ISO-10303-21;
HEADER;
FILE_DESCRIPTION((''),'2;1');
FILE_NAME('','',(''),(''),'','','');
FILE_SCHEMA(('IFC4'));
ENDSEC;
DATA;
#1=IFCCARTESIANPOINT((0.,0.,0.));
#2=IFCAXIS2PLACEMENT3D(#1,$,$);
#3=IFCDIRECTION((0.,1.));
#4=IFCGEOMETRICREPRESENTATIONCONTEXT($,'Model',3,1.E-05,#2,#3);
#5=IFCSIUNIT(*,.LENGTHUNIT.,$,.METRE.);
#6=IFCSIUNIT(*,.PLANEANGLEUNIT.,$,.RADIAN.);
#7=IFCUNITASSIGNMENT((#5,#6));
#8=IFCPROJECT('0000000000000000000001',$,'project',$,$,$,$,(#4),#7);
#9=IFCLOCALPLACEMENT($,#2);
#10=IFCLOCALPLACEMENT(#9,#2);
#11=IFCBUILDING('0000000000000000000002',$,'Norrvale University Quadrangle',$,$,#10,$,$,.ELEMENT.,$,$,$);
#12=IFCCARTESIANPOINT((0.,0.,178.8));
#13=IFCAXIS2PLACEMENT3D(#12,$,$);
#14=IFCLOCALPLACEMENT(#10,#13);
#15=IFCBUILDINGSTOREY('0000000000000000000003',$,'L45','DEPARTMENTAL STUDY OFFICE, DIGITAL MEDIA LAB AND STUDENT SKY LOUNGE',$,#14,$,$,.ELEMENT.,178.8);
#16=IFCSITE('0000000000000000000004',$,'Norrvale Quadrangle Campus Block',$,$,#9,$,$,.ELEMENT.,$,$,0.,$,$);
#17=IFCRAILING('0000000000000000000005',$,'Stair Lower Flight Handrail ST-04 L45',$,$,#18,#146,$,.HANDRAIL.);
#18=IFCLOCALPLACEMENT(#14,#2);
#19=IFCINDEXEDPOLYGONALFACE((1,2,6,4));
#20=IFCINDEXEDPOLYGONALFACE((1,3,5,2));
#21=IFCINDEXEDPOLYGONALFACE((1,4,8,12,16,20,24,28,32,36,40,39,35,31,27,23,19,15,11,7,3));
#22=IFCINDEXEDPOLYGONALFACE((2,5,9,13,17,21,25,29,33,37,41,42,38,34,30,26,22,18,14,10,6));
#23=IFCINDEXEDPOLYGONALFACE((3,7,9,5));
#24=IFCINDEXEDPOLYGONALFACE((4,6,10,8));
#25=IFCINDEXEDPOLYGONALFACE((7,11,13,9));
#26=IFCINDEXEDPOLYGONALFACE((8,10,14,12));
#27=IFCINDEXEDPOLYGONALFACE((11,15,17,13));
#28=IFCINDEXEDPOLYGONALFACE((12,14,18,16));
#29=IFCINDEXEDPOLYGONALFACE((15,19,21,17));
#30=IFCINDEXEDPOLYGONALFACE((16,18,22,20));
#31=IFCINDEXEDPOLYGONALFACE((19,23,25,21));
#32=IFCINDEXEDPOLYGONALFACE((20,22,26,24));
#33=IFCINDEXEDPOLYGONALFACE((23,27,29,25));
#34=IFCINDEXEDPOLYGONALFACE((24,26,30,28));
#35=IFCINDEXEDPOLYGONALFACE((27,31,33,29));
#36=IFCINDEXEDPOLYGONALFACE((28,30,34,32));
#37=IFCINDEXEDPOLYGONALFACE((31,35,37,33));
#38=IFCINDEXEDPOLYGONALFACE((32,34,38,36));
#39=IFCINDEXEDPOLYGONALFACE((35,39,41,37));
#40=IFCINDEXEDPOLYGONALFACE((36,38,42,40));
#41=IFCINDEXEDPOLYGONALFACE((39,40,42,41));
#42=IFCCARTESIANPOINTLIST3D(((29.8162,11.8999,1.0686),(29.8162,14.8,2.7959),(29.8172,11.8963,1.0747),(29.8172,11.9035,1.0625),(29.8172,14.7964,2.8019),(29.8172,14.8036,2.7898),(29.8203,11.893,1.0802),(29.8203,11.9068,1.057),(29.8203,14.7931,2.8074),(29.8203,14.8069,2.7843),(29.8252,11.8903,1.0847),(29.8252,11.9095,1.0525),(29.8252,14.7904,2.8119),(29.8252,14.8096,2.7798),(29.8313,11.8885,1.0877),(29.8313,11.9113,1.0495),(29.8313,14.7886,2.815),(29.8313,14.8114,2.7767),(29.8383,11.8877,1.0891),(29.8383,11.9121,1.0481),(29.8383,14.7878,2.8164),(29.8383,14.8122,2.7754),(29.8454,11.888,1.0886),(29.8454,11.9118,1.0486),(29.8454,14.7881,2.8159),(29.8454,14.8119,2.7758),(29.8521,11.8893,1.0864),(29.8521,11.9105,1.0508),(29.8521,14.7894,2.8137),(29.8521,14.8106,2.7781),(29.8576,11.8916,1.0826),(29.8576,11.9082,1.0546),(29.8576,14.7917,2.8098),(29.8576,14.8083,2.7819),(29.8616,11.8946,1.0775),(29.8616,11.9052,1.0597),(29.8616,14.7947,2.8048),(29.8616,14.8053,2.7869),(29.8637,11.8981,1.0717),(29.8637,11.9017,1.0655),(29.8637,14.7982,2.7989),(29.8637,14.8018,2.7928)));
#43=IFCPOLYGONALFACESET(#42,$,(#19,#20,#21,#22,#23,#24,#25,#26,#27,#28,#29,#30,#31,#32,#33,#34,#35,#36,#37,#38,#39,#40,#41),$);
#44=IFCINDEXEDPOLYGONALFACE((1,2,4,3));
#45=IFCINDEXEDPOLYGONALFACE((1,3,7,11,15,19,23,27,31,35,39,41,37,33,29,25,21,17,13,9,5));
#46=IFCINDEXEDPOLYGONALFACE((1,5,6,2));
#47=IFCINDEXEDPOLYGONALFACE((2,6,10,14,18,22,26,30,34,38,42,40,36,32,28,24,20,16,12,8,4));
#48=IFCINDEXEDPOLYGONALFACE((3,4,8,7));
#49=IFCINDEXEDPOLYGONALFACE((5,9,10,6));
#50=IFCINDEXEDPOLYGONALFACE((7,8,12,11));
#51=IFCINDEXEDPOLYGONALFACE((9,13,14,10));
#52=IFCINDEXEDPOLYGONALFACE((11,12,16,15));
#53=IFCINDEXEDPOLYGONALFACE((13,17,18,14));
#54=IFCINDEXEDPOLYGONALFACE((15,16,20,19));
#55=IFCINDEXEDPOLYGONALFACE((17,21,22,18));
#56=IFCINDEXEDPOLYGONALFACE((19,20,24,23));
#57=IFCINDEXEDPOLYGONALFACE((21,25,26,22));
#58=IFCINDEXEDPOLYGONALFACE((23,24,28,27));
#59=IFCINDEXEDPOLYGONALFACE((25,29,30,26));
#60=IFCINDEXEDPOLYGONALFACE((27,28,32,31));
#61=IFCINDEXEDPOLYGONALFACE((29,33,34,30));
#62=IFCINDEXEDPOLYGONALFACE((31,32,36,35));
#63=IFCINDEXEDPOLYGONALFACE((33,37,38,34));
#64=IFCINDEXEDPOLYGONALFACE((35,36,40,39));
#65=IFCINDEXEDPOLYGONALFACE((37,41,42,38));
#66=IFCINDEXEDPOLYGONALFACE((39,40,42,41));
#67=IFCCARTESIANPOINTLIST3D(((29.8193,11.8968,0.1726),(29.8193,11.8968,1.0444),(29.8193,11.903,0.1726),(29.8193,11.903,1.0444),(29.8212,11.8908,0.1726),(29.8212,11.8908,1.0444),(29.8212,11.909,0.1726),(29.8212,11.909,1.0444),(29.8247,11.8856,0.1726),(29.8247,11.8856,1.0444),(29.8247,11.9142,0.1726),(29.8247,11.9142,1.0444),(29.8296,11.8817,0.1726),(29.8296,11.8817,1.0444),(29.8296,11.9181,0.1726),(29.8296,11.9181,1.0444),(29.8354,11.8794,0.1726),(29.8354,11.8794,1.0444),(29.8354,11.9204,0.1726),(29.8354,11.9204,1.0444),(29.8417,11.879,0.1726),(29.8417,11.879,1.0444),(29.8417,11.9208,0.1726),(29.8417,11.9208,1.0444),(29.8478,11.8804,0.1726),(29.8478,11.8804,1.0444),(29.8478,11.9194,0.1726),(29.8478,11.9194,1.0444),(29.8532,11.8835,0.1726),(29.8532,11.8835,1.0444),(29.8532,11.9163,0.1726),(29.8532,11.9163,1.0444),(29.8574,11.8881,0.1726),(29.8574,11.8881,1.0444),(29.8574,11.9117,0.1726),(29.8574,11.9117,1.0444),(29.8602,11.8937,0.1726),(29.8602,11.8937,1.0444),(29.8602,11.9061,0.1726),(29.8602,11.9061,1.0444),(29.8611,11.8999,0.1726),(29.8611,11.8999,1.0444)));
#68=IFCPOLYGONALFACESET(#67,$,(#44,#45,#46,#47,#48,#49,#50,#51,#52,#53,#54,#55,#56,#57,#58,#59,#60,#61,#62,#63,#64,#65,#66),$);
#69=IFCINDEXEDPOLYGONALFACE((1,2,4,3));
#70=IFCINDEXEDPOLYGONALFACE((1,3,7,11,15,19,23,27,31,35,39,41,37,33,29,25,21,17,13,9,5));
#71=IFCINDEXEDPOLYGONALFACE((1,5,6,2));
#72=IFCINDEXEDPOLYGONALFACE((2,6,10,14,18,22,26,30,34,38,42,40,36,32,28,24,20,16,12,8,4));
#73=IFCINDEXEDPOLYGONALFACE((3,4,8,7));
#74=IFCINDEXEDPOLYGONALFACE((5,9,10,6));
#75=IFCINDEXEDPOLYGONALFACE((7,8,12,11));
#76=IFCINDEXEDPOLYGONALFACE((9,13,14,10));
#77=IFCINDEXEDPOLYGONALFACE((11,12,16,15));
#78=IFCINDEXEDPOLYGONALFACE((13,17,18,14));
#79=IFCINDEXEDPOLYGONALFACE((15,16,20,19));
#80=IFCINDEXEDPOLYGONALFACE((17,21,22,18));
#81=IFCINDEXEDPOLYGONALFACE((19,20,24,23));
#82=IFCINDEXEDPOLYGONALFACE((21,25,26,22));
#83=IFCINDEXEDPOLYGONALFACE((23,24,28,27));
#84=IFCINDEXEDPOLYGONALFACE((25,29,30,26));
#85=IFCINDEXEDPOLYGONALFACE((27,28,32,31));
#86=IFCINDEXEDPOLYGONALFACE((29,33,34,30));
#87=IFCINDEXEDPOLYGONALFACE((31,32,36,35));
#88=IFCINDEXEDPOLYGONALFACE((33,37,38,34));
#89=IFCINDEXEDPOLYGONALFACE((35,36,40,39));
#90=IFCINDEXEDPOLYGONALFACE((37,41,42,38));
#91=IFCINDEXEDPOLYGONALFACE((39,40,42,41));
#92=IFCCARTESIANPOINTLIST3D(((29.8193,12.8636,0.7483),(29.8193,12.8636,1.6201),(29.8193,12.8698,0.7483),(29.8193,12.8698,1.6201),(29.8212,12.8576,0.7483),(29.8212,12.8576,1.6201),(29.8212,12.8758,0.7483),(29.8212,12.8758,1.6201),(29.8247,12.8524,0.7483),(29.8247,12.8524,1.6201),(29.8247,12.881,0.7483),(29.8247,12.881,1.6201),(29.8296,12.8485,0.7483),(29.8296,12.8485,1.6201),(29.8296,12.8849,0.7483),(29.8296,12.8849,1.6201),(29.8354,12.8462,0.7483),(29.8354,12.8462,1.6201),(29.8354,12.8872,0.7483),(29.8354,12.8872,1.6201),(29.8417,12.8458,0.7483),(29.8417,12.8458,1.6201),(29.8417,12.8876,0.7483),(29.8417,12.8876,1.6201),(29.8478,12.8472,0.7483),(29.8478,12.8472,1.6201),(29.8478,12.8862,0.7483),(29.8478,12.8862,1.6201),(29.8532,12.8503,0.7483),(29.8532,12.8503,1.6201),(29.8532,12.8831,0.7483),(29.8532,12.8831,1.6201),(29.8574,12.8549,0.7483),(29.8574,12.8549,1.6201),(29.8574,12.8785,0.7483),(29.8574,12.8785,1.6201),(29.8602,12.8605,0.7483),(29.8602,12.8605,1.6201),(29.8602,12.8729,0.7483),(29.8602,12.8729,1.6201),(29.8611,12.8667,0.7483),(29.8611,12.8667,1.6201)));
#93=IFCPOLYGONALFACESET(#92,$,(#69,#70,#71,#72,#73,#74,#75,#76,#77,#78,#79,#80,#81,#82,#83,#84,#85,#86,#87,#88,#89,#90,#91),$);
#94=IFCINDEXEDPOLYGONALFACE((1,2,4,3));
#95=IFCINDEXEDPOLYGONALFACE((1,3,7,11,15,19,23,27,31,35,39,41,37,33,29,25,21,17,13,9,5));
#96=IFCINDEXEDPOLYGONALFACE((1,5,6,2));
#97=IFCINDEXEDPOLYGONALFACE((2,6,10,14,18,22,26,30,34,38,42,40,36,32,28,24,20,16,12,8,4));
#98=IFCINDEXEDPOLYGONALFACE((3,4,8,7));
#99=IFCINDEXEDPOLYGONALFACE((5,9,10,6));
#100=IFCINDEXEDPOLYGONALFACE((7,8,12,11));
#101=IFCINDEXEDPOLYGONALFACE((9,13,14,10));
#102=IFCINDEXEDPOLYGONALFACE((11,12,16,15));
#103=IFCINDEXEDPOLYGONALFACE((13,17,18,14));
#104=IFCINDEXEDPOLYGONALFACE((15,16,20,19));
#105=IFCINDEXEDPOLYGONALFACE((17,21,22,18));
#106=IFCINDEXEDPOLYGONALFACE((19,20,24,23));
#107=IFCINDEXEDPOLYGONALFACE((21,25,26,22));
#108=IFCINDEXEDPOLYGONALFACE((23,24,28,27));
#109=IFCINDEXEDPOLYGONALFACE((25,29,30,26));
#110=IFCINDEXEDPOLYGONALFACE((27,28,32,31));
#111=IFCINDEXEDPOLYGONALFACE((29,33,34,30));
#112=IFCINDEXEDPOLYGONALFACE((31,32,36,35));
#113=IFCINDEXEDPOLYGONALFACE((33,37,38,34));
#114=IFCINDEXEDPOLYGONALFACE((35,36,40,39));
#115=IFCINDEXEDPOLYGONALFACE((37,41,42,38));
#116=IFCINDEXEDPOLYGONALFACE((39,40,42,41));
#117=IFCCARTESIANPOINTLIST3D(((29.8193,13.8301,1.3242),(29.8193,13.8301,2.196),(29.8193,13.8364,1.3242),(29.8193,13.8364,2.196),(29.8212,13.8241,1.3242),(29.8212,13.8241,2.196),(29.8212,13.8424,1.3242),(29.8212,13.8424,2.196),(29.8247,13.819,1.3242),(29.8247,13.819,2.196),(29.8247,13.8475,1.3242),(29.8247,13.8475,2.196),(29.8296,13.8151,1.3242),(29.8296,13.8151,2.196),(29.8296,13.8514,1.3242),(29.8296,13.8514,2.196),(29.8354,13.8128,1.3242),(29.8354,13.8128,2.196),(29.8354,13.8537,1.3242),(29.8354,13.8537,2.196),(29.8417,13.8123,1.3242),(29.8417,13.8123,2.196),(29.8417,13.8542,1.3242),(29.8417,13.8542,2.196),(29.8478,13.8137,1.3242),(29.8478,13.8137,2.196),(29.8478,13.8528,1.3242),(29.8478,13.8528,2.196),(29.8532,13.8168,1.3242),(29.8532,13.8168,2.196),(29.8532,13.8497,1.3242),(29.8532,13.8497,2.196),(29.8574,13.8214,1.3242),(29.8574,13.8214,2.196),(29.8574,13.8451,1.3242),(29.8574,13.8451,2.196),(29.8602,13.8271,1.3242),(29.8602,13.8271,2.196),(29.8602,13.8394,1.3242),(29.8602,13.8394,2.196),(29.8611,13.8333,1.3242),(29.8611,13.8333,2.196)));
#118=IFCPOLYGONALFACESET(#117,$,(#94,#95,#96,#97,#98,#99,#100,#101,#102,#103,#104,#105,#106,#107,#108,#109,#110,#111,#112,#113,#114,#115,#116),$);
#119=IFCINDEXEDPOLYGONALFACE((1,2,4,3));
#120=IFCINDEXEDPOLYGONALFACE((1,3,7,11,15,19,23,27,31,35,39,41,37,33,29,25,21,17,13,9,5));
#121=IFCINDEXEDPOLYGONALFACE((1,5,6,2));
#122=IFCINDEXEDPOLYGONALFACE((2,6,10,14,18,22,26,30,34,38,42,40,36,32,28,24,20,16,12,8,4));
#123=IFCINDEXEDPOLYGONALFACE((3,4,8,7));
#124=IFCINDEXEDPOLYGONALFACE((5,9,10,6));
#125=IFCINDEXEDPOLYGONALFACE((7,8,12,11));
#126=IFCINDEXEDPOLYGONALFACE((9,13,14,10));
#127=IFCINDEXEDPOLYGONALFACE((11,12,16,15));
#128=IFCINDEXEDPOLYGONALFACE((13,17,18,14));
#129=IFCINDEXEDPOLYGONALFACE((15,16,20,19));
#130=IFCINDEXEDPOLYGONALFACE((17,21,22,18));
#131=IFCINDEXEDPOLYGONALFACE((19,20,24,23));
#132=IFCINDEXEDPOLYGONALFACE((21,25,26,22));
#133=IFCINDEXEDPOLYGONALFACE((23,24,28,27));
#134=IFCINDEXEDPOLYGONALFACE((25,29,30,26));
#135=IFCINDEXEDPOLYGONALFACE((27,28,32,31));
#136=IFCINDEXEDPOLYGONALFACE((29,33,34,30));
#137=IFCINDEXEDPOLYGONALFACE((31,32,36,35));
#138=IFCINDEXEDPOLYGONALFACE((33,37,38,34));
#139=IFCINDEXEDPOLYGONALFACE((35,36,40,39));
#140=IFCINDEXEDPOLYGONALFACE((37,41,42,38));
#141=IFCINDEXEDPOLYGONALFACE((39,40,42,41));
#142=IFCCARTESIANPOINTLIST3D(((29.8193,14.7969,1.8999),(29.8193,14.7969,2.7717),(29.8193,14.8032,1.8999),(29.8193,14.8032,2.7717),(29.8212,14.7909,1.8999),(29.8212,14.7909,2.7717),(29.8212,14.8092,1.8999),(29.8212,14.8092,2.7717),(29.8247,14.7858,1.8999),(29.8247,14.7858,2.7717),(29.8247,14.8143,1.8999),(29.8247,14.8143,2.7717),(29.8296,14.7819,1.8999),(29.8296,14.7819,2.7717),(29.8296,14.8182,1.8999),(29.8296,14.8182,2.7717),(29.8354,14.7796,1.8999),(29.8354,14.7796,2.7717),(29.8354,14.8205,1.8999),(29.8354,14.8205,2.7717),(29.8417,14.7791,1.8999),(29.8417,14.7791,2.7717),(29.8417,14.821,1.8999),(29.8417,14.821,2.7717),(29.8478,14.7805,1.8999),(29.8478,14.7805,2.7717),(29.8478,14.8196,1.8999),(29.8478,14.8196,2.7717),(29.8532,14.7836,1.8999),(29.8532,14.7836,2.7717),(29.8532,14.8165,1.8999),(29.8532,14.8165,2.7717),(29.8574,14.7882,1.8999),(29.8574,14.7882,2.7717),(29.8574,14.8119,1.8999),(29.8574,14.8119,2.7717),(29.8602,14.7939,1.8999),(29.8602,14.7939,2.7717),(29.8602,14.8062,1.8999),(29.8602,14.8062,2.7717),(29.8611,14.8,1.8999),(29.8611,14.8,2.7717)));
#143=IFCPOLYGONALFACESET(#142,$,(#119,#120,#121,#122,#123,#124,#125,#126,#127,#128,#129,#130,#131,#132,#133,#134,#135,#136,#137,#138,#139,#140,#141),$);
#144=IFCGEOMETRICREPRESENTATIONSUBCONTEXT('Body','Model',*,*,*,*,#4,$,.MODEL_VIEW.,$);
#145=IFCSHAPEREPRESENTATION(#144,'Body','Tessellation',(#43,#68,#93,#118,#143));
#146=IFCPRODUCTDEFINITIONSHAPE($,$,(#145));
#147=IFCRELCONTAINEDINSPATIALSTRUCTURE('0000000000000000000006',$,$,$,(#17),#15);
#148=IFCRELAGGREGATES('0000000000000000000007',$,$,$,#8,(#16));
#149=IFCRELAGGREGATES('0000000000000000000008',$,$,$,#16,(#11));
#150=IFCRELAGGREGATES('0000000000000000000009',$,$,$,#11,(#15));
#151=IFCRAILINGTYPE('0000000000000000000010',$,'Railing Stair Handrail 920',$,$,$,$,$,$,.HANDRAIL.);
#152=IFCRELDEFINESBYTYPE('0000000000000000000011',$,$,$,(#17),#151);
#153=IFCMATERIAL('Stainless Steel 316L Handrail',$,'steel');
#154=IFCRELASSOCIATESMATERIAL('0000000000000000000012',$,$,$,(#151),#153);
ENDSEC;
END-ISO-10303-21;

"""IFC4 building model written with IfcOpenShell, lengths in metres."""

from ifc_helpers import new_model, si_unit, direction, frame, origin, origin_2d, place, context, subcontext, project, spatial, circle, extrude, material, type_object, element, save


model = new_model("IFC4")

# Units and contexts
model_context = context("Model", 3, precision=1e-05, world=origin(), true_north=direction((0.0, 1.0)))
body_context = subcontext(model_context, "Body", "Model", "MODEL_VIEW")
ifc_project = project(units=[si_unit("LENGTHUNIT", "METRE"), si_unit("PLANEANGLEUNIT", "RADIAN")], contexts=[model_context])

# Site, building, storey
site_placement = place(None, origin())
site = spatial("IfcSite", under=ifc_project, at=site_placement, Name="Norrvale Quadrangle Campus Block", CompositionType="ELEMENT", RefElevation=0.0)
building_placement = place(site_placement, origin())
building = spatial("IfcBuilding", under=site, at=building_placement, Name="Norrvale University Quadrangle", CompositionType="ELEMENT")
storey_placement = place(building_placement, frame((0.0, 0.0, 178.8)))
storey = spatial("IfcBuildingStorey", under=building, at=storey_placement, Name="L45", Description="DEPARTMENTAL STUDY OFFICE, DIGITAL MEDIA LAB AND STUDENT SKY LOUNGE", CompositionType="ELEMENT", Elevation=178.8)

# Railing
ifc_material_1 = material(Name="Stainless Steel 316L Handrail", Category="steel")
railing_type_1 = type_object("IfcRailingType", Name="Railing Stair Handrail 920", PredefinedType="HANDRAIL", material=ifc_material_1)
railing_1_placement = place(storey_placement, frame((29.8401, 11.8999, 0.1726)))
element("IfcRailing", 1, at=railing_1_placement, inside=storey, type_object=railing_type_1, Name="Stair Lower Flight Handrail ST-04 L45", PredefinedType="HANDRAIL", context=body_context, shape_type="SweptSolid", body=[
    extrude(circle(Radius=0.0239, at=origin_2d()), frame((0.0, 0.0, 0.896), z_axis=(0.0, 0.85916, 0.511706), x_axis=(-1.0, 0.0, 0.0)), (0.0, 0.0, 1.0), 3.3755),
    extrude(circle(Radius=0.021, at=origin_2d()), origin(), (0.0, 0.0, 1.0), 0.8718),
    extrude(circle(Radius=0.021, at=origin_2d()), frame((0.0, 0.9668, 0.5757)), (0.0, 0.0, 1.0), 0.8718),
    extrude(circle(Radius=0.021, at=origin_2d()), frame((0.0, 1.9333, 1.1516)), (0.0, 0.0, 1.0), 0.8718),
    extrude(circle(Radius=0.021, at=origin_2d()), frame((0.0, 2.9001, 1.7273)), (0.0, 0.0, 1.0), 0.8718),
])

save(model, "model.ifc")
